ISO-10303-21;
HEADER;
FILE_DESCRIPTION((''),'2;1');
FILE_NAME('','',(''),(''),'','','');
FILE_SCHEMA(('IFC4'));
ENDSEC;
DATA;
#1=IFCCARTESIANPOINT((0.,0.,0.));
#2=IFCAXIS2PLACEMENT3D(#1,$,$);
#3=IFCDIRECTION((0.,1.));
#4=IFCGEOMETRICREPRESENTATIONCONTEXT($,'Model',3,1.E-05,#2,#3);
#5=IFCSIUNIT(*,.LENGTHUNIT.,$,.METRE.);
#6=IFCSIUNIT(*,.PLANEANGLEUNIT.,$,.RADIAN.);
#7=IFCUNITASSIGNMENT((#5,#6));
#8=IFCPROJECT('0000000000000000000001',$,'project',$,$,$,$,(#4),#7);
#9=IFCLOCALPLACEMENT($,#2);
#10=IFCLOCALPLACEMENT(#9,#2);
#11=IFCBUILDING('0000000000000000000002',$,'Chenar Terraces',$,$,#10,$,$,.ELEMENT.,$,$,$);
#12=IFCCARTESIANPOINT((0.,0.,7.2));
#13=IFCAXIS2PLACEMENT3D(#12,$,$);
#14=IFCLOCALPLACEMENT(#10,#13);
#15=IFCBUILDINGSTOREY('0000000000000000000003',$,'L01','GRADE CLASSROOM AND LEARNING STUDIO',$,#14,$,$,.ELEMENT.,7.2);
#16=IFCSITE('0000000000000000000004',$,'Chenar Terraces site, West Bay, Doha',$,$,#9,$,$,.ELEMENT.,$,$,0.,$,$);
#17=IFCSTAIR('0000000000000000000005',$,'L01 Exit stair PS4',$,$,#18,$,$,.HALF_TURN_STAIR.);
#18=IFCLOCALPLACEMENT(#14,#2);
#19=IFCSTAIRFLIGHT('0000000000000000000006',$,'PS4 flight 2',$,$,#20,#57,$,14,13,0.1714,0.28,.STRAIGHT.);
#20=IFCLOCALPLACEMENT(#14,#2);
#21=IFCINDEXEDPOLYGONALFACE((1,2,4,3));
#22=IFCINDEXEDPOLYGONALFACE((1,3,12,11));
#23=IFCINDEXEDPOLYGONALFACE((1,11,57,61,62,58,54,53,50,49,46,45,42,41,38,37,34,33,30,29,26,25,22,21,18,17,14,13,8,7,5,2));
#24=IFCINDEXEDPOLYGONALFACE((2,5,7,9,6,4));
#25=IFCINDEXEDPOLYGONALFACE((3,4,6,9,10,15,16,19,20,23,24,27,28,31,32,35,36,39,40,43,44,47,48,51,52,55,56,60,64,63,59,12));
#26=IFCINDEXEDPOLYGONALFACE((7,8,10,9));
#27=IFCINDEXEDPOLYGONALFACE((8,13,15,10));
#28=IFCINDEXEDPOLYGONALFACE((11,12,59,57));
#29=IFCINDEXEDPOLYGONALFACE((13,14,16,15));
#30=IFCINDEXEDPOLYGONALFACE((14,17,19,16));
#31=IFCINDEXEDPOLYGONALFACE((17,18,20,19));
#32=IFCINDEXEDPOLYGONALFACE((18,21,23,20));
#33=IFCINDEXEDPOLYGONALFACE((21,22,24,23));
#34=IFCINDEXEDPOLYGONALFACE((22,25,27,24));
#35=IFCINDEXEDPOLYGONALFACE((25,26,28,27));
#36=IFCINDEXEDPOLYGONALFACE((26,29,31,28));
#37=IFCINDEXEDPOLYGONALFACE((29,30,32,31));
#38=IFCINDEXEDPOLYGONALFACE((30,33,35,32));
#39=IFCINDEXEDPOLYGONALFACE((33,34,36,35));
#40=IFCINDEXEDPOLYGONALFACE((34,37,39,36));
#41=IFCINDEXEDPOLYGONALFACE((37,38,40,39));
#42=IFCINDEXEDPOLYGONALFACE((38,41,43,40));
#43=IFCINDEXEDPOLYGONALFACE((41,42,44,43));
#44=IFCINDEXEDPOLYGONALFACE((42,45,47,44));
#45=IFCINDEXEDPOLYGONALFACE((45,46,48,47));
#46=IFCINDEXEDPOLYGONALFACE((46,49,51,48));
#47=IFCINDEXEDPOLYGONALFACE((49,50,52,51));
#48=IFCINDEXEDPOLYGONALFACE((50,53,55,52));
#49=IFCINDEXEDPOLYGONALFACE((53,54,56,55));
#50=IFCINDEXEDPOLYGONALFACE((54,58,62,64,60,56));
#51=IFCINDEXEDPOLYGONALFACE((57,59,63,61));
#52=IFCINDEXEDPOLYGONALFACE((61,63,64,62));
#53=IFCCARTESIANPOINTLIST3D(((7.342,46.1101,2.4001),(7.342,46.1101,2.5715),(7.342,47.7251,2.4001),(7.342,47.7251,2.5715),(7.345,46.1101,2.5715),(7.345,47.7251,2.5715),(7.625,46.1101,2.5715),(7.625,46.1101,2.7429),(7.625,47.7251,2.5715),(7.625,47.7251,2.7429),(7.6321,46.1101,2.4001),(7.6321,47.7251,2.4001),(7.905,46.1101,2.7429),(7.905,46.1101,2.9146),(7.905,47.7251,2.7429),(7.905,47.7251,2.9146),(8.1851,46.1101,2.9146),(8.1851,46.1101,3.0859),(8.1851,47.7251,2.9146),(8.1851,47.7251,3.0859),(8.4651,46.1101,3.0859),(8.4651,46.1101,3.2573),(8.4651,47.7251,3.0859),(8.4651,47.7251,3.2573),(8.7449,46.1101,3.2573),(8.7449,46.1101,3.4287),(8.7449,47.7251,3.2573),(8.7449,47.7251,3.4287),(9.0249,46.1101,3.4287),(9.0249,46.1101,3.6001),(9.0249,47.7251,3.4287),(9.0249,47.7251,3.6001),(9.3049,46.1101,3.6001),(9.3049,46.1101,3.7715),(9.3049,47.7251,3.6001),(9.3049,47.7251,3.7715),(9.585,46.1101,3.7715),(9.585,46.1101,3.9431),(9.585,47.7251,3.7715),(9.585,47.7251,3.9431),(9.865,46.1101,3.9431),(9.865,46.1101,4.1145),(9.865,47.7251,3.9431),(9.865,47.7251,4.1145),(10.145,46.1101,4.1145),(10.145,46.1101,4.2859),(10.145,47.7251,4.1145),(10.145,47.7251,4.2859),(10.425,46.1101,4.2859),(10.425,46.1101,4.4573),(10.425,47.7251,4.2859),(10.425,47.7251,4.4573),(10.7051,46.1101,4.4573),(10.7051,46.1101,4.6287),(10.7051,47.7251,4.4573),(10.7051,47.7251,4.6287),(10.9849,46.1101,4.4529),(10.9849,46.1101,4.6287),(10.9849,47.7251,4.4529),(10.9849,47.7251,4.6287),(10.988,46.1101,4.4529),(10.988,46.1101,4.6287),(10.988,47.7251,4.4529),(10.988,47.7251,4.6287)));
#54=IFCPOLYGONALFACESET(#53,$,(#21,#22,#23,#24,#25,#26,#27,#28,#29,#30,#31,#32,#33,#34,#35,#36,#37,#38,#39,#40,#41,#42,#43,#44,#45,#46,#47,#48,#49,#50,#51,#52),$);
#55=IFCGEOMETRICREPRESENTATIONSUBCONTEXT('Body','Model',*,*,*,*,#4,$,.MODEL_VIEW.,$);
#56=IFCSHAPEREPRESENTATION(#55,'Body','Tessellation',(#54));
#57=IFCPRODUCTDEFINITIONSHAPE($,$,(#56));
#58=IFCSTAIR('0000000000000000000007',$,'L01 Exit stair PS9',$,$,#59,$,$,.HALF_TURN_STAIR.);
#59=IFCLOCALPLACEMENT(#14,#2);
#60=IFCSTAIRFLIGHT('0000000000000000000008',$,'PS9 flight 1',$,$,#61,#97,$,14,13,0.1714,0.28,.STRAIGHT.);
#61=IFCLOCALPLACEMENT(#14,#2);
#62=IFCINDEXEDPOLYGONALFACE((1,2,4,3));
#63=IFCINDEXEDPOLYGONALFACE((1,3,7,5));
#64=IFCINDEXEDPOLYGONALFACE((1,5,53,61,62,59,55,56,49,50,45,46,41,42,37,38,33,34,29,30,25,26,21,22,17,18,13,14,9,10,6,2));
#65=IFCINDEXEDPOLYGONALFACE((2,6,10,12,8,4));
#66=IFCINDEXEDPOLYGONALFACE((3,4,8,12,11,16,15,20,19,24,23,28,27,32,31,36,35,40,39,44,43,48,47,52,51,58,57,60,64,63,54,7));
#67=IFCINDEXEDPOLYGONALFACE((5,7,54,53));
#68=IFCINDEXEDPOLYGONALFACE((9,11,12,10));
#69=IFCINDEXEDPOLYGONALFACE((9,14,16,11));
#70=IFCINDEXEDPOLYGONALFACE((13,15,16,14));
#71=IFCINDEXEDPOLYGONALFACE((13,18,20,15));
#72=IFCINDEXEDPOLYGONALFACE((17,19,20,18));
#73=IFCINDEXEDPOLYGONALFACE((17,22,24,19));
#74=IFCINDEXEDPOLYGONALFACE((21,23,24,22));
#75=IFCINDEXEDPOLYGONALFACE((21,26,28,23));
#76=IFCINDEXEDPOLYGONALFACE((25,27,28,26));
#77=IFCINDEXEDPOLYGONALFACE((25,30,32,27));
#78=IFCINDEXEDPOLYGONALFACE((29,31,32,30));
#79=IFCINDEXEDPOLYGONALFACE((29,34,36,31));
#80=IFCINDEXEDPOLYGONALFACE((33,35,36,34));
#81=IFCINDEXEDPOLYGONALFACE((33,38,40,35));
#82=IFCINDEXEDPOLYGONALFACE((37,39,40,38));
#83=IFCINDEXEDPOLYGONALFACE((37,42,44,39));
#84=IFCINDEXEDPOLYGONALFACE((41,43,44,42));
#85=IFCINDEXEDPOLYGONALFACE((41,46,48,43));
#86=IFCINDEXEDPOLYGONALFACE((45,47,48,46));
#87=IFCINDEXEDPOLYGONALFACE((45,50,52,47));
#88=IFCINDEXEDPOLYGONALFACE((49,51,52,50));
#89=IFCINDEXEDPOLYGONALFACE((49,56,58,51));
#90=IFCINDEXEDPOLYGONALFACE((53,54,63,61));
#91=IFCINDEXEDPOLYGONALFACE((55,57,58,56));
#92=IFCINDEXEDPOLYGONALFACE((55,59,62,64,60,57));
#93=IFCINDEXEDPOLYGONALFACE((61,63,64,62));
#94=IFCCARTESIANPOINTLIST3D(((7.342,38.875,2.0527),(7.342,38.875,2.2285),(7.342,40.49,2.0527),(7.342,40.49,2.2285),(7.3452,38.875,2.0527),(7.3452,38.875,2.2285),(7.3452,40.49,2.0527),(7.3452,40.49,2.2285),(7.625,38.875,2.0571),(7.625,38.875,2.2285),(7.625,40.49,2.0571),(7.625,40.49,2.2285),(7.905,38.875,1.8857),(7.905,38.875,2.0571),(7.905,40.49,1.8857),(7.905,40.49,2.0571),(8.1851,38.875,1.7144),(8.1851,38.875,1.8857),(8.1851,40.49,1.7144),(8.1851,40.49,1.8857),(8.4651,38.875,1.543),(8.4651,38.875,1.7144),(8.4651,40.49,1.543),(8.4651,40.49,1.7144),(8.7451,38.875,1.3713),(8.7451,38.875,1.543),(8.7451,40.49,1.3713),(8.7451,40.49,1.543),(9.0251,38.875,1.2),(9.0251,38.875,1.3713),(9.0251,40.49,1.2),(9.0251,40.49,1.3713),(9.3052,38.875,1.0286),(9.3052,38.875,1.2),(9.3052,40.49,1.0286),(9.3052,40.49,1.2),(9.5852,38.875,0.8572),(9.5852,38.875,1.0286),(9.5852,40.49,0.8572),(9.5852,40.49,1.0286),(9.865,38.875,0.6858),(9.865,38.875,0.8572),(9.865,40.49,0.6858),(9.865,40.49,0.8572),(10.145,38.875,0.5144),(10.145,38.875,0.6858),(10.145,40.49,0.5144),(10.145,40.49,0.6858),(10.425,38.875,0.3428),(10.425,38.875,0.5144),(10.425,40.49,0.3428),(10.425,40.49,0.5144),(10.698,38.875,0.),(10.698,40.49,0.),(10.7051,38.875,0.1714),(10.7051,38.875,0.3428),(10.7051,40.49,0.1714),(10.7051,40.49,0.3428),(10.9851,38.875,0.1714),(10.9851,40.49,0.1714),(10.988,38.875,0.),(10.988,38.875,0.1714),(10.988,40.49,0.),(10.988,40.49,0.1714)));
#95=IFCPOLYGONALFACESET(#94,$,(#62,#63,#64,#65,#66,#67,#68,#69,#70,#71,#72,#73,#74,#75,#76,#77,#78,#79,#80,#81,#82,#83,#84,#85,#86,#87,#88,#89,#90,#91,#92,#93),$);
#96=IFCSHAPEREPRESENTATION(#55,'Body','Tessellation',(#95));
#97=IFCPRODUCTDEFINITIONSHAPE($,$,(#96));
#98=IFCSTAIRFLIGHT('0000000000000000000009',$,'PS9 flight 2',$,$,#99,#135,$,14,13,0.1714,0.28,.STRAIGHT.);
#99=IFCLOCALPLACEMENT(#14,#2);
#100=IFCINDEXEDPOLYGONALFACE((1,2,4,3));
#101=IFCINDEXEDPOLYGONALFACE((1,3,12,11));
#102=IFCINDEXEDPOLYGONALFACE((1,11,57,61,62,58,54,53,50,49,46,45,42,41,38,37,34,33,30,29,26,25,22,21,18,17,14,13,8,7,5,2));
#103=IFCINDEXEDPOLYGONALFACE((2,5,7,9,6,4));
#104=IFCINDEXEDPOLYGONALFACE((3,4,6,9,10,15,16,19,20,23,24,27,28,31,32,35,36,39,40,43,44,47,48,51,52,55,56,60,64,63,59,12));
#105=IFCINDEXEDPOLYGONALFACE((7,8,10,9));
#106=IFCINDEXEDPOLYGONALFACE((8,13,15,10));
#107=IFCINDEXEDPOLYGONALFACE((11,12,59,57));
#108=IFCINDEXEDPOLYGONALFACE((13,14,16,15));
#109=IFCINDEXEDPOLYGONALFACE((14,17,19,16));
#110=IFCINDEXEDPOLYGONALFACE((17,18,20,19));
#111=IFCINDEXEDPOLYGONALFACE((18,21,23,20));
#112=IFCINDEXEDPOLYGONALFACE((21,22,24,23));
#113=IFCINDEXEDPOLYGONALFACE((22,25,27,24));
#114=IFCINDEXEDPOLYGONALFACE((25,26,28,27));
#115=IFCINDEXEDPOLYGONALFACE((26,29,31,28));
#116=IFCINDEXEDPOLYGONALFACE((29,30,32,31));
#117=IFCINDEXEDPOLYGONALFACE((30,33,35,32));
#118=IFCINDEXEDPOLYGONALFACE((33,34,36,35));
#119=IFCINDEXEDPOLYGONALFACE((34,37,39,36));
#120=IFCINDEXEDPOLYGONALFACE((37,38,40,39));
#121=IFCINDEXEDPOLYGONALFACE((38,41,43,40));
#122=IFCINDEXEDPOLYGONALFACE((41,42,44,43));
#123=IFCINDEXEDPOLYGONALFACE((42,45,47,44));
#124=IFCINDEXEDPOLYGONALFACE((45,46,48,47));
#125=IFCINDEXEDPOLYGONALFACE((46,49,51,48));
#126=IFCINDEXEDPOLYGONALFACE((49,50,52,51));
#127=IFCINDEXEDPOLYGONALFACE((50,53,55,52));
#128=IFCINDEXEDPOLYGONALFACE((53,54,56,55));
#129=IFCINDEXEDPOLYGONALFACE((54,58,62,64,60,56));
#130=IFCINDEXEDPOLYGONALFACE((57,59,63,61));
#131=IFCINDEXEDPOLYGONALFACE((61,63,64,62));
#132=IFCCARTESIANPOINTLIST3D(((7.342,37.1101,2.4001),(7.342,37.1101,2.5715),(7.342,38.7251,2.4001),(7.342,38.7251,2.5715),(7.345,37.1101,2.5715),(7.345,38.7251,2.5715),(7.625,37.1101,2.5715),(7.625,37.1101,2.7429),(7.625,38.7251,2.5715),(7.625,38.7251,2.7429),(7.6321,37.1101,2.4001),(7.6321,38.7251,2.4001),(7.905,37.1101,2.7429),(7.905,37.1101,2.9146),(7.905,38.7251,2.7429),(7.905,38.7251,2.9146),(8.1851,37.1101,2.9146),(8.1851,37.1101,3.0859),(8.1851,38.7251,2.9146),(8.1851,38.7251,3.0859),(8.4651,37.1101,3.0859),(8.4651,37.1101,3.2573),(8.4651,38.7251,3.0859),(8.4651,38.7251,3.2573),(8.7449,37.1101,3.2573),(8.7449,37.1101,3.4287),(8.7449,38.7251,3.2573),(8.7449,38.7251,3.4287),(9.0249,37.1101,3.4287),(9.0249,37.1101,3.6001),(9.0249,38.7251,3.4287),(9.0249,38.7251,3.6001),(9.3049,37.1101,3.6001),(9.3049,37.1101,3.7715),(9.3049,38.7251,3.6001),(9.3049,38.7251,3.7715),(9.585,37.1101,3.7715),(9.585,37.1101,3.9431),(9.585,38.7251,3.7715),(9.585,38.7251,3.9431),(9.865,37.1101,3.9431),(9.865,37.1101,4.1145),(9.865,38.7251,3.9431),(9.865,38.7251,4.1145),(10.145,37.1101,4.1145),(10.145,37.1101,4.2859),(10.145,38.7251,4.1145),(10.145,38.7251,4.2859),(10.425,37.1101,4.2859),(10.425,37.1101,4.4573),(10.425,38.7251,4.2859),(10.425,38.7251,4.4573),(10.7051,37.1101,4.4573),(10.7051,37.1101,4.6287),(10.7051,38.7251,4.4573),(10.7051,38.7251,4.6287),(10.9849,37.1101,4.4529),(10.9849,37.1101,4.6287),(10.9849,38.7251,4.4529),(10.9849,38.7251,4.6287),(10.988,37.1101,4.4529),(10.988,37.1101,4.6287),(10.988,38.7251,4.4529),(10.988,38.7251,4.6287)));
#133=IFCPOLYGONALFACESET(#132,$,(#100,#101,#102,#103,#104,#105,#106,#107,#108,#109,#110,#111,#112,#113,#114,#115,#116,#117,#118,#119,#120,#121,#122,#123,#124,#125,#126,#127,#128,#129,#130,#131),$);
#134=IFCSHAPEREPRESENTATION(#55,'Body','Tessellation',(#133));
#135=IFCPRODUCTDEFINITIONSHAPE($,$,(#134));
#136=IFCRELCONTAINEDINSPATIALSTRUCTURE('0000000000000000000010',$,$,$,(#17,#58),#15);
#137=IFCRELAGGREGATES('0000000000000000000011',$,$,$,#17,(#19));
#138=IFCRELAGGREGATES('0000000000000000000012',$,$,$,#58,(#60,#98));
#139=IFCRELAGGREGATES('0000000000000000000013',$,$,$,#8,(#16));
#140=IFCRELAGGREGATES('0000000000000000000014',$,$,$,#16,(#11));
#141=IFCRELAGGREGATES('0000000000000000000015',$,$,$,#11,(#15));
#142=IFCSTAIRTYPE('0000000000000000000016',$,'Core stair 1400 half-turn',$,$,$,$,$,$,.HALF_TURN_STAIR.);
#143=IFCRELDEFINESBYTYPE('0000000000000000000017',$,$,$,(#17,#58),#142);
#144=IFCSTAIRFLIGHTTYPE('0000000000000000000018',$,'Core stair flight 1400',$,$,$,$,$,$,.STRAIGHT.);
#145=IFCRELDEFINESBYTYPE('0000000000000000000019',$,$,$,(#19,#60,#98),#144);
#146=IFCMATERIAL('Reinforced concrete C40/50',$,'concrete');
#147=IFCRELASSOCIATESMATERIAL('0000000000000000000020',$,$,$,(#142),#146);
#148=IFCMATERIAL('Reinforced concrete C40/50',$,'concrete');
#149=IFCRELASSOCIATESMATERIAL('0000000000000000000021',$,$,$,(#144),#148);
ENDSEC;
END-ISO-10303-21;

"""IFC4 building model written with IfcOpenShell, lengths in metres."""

from ifc_helpers import new_model, si_unit, direction, frame, origin, place, context, subcontext, project, spatial, polyline, outline, extrude, material, type_object, element, aggregate, save


model = new_model("IFC4")

# Units and contexts
model_context = context("Model", 3, precision=1e-05, world=origin(), true_north=direction((0.0, 1.0)))
body_context = subcontext(model_context, "Body", "Model", "MODEL_VIEW")
ifc_project = project(units=[si_unit("LENGTHUNIT", "METRE"), si_unit("PLANEANGLEUNIT", "RADIAN")], contexts=[model_context])

# Site, building, storey
site_placement = place(None, origin())
site = spatial("IfcSite", under=ifc_project, at=site_placement, Name="Chenar Terraces site, West Bay, Doha", CompositionType="ELEMENT", RefElevation=0.0)
building_placement = place(site_placement, origin())
building = spatial("IfcBuilding", under=site, at=building_placement, Name="Chenar Terraces", CompositionType="ELEMENT")
storey_placement = place(building_placement, frame((0.0, 0.0, 7.2)))
storey = spatial("IfcBuildingStorey", under=building, at=storey_placement, Name="L01", Description="GRADE CLASSROOM AND LEARNING STUDIO", CompositionType="ELEMENT", Elevation=7.2)

# Stairs, stair flights
ifc_material_1 = material(Name="Reinforced concrete C40/50", Category="concrete")
stair_type = type_object("IfcStairType", Name="Core stair 1400 half-turn", PredefinedType="HALF_TURN_STAIR", material=ifc_material_1)
placement = place(storey_placement, origin())
stair_1 = element("IfcStair", 1, at=placement, inside=storey, type_object=stair_type, Name="L01 Exit stair PS4", PredefinedType="HALF_TURN_STAIR")
ifc_material_2 = material(Name="Reinforced concrete C40/50", Category="concrete")
stair_flight_type = type_object("IfcStairFlightType", Name="Core stair flight 1400", PredefinedType="STRAIGHT", material=ifc_material_2)
stair_flight_1_placement = place(storey_placement, frame((7.345, 46.9175, 2.4001), z_axis=(0.0, 0.0, 1.0), x_axis=(1.0, 0.0, 0.0)))
stair_flight_1 = element("IfcStairFlight", 2, at=stair_flight_1_placement, type_object=stair_flight_type, Name="PS4 flight 2", NumberOfRisers=14, NumberOfTreads=13, PredefinedType="STRAIGHT", RiserHeight=0.1714, TreadLength=0.28, context=body_context, shape_type="SweptSolid", body=[
    extrude(outline(polyline([(-0.0029, 0.0), (-0.0029, 0.1714), (0.0, 0.1714), (0.28, 0.1714), (0.28, 0.3428), (0.5601, 0.3428), (0.5601, 0.5144), (0.8401, 0.5144), (0.8401, 0.6858), (1.1201, 0.6858), (1.1201, 0.8572), (1.3999, 0.8572), (1.3999, 1.0286), (1.6799, 1.0286), (1.6799, 1.2), (1.96, 1.2), (1.96, 1.3713), (2.24, 1.3713), (2.24, 1.543), (2.52, 1.543), (2.52, 1.7144), (2.8, 1.7144), (2.8, 1.8857), (3.0801, 1.8857), (3.0801, 2.0571), (3.3601, 2.0571), (3.3601, 2.2285), (3.6399, 2.2285), (3.6431, 2.2285), (3.6431, 2.0527), (3.6399, 2.0527), (0.2871, 0.0), (-0.0029, 0.0)])), frame((0.0, 0.8076, 0.0), z_axis=(0.0, -1.0, 0.0), x_axis=(1.0, 0.0, 0.0)), (0.0, 0.0, 1.0), 1.615),
])
aggregate(stair_1, [stair_flight_1])
stair_2 = element("IfcStair", 3, at=placement, inside=storey, type_object=stair_type, Name="L01 Exit stair PS9", PredefinedType="HALF_TURN_STAIR")
stair_flight_2_placement = place(storey_placement, frame((10.9851, 39.6826, 0.0), z_axis=(0.0, 0.0, 1.0), x_axis=(-1.0, 0.0, 0.0)))
stair_flight_2 = element("IfcStairFlight", 4, at=stair_flight_2_placement, type_object=stair_flight_type, Name="PS9 flight 1", NumberOfRisers=14, NumberOfTreads=13, PredefinedType="STRAIGHT", RiserHeight=0.1714, TreadLength=0.28, context=body_context, shape_type="SweptSolid", body=[
    extrude(outline(polyline([(-0.0029, 0.0), (-0.0029, 0.1714), (0.0, 0.1714), (0.28, 0.1714), (0.28, 0.3428), (0.5601, 0.3428), (0.5601, 0.5144), (0.8401, 0.5144), (0.8401, 0.6858), (1.1201, 0.6858), (1.1201, 0.8572), (1.3999, 0.8572), (1.3999, 1.0286), (1.6799, 1.0286), (1.6799, 1.2), (1.96, 1.2), (1.96, 1.3713), (2.24, 1.3713), (2.24, 1.543), (2.52, 1.543), (2.52, 1.7144), (2.8, 1.7144), (2.8, 1.8857), (3.0801, 1.8857), (3.0801, 2.0571), (3.3601, 2.0571), (3.3601, 2.2285), (3.6399, 2.2285), (3.6431, 2.2285), (3.6431, 2.0527), (3.6399, 2.0527), (0.2871, 0.0), (-0.0029, 0.0)])), frame((0.0, 0.8076, 0.0), z_axis=(0.0, -1.0, 0.0), x_axis=(1.0, 0.0, 0.0)), (0.0, 0.0, 1.0), 1.615),
])
stair_flight_3_placement = place(storey_placement, frame((7.345, 37.9175, 2.4001), z_axis=(0.0, 0.0, 1.0), x_axis=(1.0, 0.0, 0.0)))
stair_flight_3 = element("IfcStairFlight", 5, at=stair_flight_3_placement, type_object=stair_flight_type, Name="PS9 flight 2", NumberOfRisers=14, NumberOfTreads=13, PredefinedType="STRAIGHT", RiserHeight=0.1714, TreadLength=0.28, context=body_context, shape_type="SweptSolid", body=[
    extrude(outline(polyline([(-0.0029, 0.0), (-0.0029, 0.1714), (0.0, 0.1714), (0.28, 0.1714), (0.28, 0.3428), (0.5601, 0.3428), (0.5601, 0.5144), (0.8401, 0.5144), (0.8401, 0.6858), (1.1201, 0.6858), (1.1201, 0.8572), (1.3999, 0.8572), (1.3999, 1.0286), (1.6799, 1.0286), (1.6799, 1.2), (1.96, 1.2), (1.96, 1.3713), (2.24, 1.3713), (2.24, 1.543), (2.52, 1.543), (2.52, 1.7144), (2.8, 1.7144), (2.8, 1.8857), (3.0801, 1.8857), (3.0801, 2.0571), (3.3601, 2.0571), (3.3601, 2.2285), (3.6399, 2.2285), (3.6431, 2.2285), (3.6431, 2.0527), (3.6399, 2.0527), (0.2871, 0.0), (-0.0029, 0.0)])), frame((0.0, 0.8076, 0.0), z_axis=(0.0, -1.0, 0.0), x_axis=(1.0, 0.0, 0.0)), (0.0, 0.0, 1.0), 1.615),
])
aggregate(stair_2, [stair_flight_2, stair_flight_3])

save(model, "model.ifc")
